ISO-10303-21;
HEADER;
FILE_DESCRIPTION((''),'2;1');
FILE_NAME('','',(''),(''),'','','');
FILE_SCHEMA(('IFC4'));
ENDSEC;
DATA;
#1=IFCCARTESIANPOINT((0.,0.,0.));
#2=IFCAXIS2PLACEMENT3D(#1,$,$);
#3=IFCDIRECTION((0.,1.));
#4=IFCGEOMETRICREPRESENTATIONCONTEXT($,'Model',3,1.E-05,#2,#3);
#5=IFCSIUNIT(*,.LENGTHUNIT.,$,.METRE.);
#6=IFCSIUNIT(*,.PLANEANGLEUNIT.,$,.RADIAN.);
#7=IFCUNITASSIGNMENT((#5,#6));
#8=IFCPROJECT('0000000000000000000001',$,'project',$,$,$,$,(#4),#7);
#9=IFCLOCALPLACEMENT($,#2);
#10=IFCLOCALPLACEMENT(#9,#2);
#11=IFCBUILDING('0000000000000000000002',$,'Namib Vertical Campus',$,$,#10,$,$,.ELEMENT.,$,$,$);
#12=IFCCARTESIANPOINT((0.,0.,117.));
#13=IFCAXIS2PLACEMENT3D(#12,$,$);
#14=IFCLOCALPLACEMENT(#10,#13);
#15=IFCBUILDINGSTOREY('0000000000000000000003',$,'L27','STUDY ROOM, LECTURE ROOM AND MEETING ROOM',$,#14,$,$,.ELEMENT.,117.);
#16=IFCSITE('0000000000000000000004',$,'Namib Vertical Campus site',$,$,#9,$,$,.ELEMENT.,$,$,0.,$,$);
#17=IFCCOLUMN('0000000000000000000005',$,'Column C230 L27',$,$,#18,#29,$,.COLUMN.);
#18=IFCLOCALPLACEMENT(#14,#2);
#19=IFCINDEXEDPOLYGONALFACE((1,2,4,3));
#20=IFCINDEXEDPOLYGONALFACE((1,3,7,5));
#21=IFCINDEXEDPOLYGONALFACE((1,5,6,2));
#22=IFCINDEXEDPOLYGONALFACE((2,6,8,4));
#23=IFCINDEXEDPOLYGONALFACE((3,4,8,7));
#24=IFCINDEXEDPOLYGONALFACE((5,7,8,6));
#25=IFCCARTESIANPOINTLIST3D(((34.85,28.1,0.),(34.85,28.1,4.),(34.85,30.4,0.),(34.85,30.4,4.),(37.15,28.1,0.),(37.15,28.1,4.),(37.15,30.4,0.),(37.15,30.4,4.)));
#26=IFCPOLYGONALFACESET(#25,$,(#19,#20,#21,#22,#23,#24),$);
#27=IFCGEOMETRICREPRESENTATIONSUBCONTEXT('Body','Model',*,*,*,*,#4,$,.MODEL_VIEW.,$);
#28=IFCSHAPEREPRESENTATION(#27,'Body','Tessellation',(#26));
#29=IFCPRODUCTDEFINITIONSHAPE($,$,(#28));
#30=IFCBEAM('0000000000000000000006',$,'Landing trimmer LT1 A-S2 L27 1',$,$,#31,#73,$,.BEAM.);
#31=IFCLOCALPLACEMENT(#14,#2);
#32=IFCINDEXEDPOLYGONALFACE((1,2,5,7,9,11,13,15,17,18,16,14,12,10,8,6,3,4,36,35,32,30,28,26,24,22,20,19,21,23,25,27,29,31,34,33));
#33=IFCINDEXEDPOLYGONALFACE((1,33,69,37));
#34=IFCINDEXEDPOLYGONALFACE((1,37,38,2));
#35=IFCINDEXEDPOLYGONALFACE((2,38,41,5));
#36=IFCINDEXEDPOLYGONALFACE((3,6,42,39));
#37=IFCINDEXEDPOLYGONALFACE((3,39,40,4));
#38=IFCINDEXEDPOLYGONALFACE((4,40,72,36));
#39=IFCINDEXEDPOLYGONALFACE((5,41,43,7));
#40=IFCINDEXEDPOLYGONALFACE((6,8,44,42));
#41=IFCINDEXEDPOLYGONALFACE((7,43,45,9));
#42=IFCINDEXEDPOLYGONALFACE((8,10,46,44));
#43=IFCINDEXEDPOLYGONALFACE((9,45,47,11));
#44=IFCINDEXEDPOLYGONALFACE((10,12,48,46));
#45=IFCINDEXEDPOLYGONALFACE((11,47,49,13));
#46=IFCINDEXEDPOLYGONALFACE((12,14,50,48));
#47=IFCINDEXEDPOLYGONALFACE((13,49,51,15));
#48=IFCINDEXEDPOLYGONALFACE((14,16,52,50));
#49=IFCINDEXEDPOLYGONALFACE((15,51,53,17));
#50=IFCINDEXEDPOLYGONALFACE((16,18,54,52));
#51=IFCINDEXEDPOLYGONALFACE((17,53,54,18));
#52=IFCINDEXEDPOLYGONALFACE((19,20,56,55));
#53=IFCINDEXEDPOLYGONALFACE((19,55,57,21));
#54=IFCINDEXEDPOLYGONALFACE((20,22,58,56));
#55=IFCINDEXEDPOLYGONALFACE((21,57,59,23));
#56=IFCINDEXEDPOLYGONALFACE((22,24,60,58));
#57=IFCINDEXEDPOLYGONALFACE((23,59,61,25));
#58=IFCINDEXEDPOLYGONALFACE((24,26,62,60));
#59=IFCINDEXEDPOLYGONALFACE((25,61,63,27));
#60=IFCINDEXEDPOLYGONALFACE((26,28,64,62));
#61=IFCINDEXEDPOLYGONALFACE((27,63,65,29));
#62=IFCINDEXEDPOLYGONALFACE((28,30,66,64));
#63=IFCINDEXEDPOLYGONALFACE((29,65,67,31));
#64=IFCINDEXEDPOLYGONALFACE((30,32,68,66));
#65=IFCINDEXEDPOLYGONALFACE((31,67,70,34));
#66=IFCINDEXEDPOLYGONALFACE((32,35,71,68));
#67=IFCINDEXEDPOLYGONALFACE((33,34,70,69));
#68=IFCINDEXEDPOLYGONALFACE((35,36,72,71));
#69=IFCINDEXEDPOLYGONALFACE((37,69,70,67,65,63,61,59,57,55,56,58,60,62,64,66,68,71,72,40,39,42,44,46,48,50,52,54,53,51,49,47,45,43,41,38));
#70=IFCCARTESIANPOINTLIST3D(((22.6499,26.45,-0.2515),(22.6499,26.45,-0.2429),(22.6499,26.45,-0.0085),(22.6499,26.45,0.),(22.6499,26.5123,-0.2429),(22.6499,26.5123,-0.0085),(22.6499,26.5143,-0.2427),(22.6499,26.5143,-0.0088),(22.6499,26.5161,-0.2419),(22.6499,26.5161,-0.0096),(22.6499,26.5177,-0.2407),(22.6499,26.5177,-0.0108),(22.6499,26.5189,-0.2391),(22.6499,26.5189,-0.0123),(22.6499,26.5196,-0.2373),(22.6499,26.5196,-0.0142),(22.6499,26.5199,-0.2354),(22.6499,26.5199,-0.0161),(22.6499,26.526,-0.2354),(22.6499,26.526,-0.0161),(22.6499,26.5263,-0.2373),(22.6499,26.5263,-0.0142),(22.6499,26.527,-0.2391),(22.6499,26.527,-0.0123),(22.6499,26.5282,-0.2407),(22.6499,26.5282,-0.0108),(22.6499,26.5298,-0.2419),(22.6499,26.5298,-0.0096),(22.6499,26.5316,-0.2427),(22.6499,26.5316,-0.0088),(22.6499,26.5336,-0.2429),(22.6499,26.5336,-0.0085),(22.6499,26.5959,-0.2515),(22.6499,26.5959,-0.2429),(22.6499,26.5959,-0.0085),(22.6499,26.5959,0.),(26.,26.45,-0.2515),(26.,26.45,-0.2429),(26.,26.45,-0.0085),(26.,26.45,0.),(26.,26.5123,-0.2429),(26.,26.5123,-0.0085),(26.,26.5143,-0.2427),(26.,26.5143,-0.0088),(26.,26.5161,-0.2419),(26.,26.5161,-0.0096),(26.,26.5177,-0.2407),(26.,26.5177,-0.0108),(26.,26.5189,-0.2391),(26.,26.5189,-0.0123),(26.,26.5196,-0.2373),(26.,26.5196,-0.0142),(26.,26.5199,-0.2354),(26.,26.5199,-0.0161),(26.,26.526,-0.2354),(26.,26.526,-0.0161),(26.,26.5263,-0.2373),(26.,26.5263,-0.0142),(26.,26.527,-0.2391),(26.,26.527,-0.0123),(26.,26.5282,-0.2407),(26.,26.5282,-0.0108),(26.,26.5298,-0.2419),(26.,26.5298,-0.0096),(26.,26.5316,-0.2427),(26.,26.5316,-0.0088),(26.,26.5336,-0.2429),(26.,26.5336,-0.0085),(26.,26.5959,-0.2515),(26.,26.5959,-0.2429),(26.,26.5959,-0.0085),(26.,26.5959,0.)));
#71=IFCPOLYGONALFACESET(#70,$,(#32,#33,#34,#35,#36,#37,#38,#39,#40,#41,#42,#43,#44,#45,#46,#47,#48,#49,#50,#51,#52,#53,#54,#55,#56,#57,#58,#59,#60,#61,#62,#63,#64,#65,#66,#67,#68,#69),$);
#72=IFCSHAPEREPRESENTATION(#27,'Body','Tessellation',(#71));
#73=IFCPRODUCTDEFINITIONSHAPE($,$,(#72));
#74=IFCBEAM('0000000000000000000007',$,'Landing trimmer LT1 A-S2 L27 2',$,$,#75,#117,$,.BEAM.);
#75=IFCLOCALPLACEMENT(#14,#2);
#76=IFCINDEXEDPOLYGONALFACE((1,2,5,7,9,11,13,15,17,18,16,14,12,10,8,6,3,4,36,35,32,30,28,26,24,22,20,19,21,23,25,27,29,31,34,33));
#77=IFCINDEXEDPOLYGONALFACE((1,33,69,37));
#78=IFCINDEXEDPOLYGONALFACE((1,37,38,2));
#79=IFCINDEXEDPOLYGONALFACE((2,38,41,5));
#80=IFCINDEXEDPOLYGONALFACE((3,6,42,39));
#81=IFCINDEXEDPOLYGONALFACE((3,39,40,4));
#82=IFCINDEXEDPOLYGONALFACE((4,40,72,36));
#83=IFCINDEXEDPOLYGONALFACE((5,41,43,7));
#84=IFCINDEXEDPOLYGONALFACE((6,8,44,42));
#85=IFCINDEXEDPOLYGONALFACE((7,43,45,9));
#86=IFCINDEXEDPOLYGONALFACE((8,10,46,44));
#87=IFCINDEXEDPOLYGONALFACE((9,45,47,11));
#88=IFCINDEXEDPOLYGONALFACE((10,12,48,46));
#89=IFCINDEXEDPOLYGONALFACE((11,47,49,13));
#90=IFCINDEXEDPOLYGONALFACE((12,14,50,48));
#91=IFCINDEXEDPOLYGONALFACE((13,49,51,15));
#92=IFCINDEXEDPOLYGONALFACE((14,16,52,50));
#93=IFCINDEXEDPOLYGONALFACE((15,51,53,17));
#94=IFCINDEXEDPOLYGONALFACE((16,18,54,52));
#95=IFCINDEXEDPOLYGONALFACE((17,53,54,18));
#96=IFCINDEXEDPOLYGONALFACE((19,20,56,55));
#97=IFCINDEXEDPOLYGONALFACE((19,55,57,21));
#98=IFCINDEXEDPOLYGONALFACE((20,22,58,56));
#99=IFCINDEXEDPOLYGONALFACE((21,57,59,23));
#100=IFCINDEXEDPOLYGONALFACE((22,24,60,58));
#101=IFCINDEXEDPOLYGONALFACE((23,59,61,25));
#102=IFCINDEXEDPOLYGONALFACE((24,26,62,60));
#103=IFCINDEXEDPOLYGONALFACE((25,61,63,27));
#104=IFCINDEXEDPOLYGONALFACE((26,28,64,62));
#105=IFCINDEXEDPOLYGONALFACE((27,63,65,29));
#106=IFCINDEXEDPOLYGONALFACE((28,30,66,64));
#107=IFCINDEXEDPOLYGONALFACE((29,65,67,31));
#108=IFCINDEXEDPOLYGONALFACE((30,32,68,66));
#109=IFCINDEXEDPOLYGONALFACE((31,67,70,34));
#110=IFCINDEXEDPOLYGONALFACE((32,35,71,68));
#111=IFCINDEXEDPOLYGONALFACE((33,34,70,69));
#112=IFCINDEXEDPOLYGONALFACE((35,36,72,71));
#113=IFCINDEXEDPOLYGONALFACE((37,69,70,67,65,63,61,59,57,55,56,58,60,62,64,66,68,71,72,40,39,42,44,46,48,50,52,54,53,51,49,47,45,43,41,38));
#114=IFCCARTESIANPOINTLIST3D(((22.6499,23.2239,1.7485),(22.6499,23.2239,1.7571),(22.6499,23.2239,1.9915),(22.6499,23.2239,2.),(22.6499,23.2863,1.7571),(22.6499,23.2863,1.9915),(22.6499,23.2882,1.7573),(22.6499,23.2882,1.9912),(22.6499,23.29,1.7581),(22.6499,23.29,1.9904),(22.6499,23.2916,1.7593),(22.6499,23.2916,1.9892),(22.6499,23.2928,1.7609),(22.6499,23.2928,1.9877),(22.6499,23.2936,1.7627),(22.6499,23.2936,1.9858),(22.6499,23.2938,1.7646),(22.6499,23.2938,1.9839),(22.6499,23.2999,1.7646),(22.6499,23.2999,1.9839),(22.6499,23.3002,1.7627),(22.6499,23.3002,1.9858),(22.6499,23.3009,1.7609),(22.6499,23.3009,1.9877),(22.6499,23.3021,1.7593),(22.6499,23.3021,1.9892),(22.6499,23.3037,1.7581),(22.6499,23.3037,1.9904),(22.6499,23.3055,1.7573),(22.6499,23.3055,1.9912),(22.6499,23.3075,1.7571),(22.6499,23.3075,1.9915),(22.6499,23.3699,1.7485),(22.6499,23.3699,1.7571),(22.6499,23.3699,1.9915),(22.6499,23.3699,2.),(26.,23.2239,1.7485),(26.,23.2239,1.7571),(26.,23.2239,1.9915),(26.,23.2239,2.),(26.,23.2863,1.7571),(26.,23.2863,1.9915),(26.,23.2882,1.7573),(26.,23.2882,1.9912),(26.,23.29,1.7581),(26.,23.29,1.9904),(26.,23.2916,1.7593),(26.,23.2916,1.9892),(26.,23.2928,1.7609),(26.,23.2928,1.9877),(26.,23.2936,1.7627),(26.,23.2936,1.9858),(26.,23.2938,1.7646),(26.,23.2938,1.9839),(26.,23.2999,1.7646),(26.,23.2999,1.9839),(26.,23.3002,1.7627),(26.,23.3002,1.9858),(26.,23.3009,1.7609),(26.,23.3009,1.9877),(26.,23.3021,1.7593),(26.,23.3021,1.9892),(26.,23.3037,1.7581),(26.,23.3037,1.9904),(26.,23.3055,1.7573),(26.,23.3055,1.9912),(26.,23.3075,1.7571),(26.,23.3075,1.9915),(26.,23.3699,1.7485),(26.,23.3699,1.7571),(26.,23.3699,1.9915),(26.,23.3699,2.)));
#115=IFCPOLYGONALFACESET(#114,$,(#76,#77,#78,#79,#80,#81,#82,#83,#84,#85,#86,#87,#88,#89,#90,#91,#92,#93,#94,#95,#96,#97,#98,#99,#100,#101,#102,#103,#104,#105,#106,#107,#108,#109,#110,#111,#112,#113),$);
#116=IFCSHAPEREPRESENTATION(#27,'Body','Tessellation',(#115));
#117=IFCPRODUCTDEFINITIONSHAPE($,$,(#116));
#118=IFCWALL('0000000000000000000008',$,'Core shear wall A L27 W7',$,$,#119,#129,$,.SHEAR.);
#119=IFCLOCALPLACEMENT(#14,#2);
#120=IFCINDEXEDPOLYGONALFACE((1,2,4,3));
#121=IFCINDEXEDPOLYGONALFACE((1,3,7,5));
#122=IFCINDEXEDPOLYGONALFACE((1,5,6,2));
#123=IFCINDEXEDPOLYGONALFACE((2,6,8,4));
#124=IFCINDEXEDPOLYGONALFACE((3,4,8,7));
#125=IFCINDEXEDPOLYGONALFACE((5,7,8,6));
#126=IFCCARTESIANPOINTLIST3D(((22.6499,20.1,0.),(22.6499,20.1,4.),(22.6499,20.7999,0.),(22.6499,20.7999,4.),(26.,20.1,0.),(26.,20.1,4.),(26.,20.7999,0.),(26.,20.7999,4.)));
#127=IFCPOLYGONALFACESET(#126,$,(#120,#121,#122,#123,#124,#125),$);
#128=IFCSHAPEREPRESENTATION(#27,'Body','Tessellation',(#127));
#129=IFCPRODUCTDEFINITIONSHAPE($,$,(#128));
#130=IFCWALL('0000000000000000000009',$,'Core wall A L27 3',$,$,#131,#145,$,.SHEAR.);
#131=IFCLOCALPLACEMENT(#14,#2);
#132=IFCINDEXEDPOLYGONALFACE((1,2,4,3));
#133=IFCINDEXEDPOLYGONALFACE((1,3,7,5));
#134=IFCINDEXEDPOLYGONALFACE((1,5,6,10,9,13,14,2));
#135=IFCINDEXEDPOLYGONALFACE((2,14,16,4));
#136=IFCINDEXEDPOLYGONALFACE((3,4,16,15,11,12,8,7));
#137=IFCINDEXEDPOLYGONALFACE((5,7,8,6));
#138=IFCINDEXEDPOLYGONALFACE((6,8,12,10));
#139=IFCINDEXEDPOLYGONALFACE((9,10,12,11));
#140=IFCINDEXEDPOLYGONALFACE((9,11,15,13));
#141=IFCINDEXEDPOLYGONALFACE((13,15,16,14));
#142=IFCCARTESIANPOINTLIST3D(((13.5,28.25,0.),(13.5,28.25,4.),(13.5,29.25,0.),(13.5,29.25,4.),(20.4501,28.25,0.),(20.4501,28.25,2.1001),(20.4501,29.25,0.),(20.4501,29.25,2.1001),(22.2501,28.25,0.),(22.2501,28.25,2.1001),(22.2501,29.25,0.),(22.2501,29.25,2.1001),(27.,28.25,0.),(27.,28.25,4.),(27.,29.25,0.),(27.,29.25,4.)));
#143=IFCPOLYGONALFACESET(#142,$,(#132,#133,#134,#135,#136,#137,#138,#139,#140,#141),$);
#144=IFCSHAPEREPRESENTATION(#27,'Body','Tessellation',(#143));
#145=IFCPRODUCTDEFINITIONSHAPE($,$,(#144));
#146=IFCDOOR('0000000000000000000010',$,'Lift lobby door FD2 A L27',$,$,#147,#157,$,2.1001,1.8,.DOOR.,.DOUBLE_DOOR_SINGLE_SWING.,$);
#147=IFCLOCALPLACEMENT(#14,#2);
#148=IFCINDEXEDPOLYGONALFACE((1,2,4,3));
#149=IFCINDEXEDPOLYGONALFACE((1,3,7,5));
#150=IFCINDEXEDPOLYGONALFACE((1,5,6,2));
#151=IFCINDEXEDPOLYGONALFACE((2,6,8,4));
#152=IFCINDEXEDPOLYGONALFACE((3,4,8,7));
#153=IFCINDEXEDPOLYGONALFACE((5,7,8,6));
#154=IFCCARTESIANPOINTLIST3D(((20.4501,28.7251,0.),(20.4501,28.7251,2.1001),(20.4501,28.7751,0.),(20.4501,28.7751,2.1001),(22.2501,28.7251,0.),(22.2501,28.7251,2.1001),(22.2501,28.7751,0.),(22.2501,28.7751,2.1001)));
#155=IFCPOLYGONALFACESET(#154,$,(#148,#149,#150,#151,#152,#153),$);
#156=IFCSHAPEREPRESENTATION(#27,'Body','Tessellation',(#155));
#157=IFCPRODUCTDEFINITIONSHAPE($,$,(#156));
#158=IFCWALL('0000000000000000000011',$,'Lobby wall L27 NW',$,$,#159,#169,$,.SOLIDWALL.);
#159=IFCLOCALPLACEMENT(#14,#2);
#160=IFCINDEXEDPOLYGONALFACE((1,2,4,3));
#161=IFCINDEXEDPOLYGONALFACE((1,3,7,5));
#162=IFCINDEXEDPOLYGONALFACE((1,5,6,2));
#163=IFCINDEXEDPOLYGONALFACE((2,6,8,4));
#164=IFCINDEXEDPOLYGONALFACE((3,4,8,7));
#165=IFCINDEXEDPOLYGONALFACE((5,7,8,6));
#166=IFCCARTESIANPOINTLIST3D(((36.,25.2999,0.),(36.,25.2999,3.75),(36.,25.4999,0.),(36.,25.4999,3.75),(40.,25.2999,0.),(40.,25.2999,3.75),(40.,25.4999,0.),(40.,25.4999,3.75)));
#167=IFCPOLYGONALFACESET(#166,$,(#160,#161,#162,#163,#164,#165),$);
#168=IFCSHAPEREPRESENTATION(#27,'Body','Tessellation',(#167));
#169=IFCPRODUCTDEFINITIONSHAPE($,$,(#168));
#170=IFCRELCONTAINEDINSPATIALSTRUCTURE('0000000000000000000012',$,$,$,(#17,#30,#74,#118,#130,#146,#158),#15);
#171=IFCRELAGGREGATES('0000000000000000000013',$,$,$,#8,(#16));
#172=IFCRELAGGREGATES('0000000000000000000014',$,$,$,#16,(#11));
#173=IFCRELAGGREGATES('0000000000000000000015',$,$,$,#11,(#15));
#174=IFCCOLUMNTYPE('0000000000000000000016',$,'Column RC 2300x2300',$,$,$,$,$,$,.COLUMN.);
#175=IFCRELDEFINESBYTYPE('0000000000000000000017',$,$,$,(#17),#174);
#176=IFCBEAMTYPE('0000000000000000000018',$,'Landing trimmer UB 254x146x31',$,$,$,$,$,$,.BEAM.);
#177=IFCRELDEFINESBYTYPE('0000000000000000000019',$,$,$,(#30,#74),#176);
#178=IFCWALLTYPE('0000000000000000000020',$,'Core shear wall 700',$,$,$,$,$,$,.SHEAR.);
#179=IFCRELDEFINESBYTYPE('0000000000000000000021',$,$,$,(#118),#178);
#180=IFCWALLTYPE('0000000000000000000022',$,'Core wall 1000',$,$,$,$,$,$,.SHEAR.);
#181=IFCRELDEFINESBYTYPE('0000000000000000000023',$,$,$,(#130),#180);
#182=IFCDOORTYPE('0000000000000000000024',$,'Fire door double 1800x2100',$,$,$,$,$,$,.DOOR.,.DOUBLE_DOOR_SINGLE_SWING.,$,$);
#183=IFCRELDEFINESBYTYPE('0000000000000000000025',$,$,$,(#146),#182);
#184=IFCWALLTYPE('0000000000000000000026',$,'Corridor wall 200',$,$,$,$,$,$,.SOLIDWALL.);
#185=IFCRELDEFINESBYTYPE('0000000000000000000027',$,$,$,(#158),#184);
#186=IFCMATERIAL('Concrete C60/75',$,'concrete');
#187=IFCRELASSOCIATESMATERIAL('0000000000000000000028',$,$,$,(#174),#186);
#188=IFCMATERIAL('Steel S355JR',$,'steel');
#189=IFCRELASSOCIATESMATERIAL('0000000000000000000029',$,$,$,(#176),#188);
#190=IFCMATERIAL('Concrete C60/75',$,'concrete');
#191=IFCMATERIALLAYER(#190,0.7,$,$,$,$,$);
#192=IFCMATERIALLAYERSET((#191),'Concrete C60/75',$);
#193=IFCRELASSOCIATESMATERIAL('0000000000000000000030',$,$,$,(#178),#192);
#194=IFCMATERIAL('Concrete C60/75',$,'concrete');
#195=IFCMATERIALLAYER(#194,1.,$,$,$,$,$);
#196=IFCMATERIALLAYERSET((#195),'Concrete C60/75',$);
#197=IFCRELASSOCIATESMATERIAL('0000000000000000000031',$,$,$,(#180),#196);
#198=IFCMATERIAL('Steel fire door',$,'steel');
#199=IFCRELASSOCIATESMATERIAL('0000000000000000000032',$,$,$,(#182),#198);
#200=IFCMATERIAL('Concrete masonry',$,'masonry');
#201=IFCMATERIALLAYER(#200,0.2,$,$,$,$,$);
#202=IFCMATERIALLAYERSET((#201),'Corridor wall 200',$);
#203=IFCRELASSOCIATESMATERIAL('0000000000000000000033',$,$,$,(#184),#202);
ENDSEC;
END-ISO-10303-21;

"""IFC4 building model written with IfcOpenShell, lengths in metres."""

from ifc_helpers import new_model, si_unit, direction, frame, frame_2d, origin, origin_2d, place, context, subcontext, project, spatial, rectangle, i_section, extrude, material, layer, layer_set, material_profile, profile_set, type_object, element, fill, save


model = new_model("IFC4")

# Units and contexts
model_context = context("Model", 3, precision=1e-05, world=origin(), true_north=direction((0.0, 1.0)))
body_context = subcontext(model_context, "Body", "Model", "MODEL_VIEW")
ifc_project = project(units=[si_unit("LENGTHUNIT", "METRE"), si_unit("PLANEANGLEUNIT", "RADIAN")], contexts=[model_context])

# Site, building, storey
site_placement = place(None, origin())
site = spatial("IfcSite", under=ifc_project, at=site_placement, Name="Namib Vertical Campus site", CompositionType="ELEMENT", RefElevation=0.0)
building_placement = place(site_placement, origin())
building = spatial("IfcBuilding", under=site, at=building_placement, Name="Namib Vertical Campus", CompositionType="ELEMENT")
storey_placement = place(building_placement, frame((0.0, 0.0, 117.0)))
storey = spatial("IfcBuildingStorey", under=building, at=storey_placement, Name="L27", Description="STUDY ROOM, LECTURE ROOM AND MEETING ROOM", CompositionType="ELEMENT", Elevation=117.0)

# Column
ifc_material_1 = material(Name="Concrete C60/75", Category="concrete")
ifc_material_profile_1 = material_profile(ifc_material_1, rectangle(XDim=2.3, YDim=2.3, at=origin_2d()))
ifc_profile_set_1 = profile_set([ifc_material_profile_1], Name="Concrete C60/75")
column_type = type_object("IfcColumnType", Name="Column RC 2300x2300", PredefinedType="COLUMN", material=ifc_profile_set_1)
column_placement = place(storey_placement, frame((36.0, 29.25, 0.0), z_axis=(0.0, 0.0, 1.0), x_axis=(1.0, 0.0, 0.0)))
element("IfcColumn", 1, at=column_placement, inside=storey, type_object=column_type, Name="Column C230 L27", PredefinedType="COLUMN", context=body_context, shape_type="SweptSolid", body=[
    extrude(rectangle(XDim=2.3, YDim=2.3, at=origin_2d()), origin(), (0.0, 0.0, 1.0), 4.0),
])

# Beams
ifc_material_2 = material(Name="Steel S355JR", Category="steel")
ifc_material_profile_2 = material_profile(ifc_material_2, i_section(OverallWidth=0.146, OverallDepth=0.2515, WebThickness=0.0061, FlangeThickness=0.0085, FilletRadius=0.0076, at=origin_2d()))
ifc_profile_set_2 = profile_set([ifc_material_profile_2], Name="Steel S355JR")
beam_type = type_object("IfcBeamType", Name="Landing trimmer UB 254x146x31", PredefinedType="BEAM", material=ifc_profile_set_2)
for number, where, z_axis, x_axis, name in (
    (2, (22.6499, 26.5229, -0.1257), (1.0, 0.0, 0.0), (0.0, 1.0, 0.0), "Landing trimmer LT1 A-S2 L27 1"),
    (3, (22.6499, 23.2969, 1.8743), (1.0, 0.0, 0.0), (0.0, 1.0, 0.0), "Landing trimmer LT1 A-S2 L27 2"),
):
    element("IfcBeam", number, at=place(storey_placement, frame(where, z_axis=z_axis, x_axis=x_axis)), inside=storey, type_object=beam_type, Name=name, PredefinedType="BEAM", context=body_context, shape_type="SweptSolid", body=[
        extrude(i_section(OverallWidth=0.146, OverallDepth=0.2515, WebThickness=0.0061, FlangeThickness=0.0085, FilletRadius=0.0076, at=origin_2d()), origin(), (0.0, 0.0, 1.0), 3.3501),
    ])

# Wall
ifc_material_3 = material(Name="Concrete C60/75", Category="concrete")
ifc_layer_1 = layer(ifc_material_3, 0.7)
ifc_layer_set_1 = layer_set([ifc_layer_1], Name="Concrete C60/75")
wall_type_1 = type_object("IfcWallType", Name="Core shear wall 700", PredefinedType="SHEAR", material=ifc_layer_set_1)
wall_1_placement = place(storey_placement, frame((22.6499, 20.45, 0.0), z_axis=(0.0, 0.0, 1.0), x_axis=(1.0, 0.0, 0.0)))
element("IfcWall", 4, at=wall_1_placement, inside=storey, type_object=wall_type_1, Name="Core shear wall A L27 W7", PredefinedType="SHEAR", context=body_context, shape_type="SweptSolid", body=[
    extrude(rectangle(XDim=3.3501, YDim=0.7, at=frame_2d((1.675, 0.0))), origin(), (0.0, 0.0, 1.0), 4.0),
])

# Wall, opening, door
ifc_material_4 = material(Name="Concrete C60/75", Category="concrete")
ifc_layer_2 = layer(ifc_material_4, 1.0)
ifc_layer_set_2 = layer_set([ifc_layer_2], Name="Concrete C60/75")
wall_type_2 = type_object("IfcWallType", Name="Core wall 1000", PredefinedType="SHEAR", material=ifc_layer_set_2)
wall_2_placement = place(storey_placement, frame((27.0, 28.75, 0.0), z_axis=(0.0, 0.0, 1.0), x_axis=(-1.0, 0.0, 0.0)))
wall_2 = element("IfcWall", 5, at=wall_2_placement, inside=storey, type_object=wall_type_2, Name="Core wall A L27 3", PredefinedType="SHEAR", context=body_context, shape_type="SweptSolid", body=[
    extrude(rectangle(XDim=13.5, YDim=1.0, at=frame_2d((6.75, 0.0))), origin(), (0.0, 0.0, 1.0), 4.0),
])
opening_1_placement = place(wall_2_placement, frame((4.75, 0.0, 0.0)))
opening_1 = element("IfcOpeningElement", 6, at=opening_1_placement, cuts=wall_2, PredefinedType="OPENING", context=body_context, shape_type="SweptSolid", body=[
    extrude(rectangle(XDim=1.8, YDim=2.1001, at=frame_2d((0.8999, 1.05))), frame((0.0, 0.51, 0.0), z_axis=(0.0, -1.0, 0.0), x_axis=(1.0, 0.0, 0.0)), (0.0, 0.0, 1.0), 1.02),
])
ifc_material_5 = material(Name="Steel fire door", Category="steel")
door_type_1 = type_object("IfcDoorType", Name="Fire door double 1800x2100", OperationType="DOUBLE_DOOR_SINGLE_SWING", PredefinedType="DOOR", material=ifc_material_5)
door_1_placement = place(opening_1_placement, origin())
door_1 = element("IfcDoor", 7, at=door_1_placement, inside=storey, type_object=door_type_1, Name="Lift lobby door FD2 A L27", OperationType="DOUBLE_DOOR_SINGLE_SWING", OverallHeight=2.1001, OverallWidth=1.8, PredefinedType="DOOR", context=body_context, shape_type="SweptSolid", body=[
    extrude(rectangle(XDim=1.8, YDim=2.1001, at=frame_2d((0.8999, 1.05))), frame((0.0, 0.0249, 0.0), z_axis=(0.0, -1.0, 0.0), x_axis=(1.0, 0.0, 0.0)), (0.0, 0.0, 1.0), 0.05),
])
fill(opening_1, door_1)

# Wall
ifc_material_6 = material(Name="Concrete masonry", Category="masonry")
ifc_layer_3 = layer(ifc_material_6, 0.2)
ifc_layer_set_3 = layer_set([ifc_layer_3], Name="Corridor wall 200")
wall_type_3 = type_object("IfcWallType", Name="Corridor wall 200", PredefinedType="SOLIDWALL", material=ifc_layer_set_3)
wall_3_placement = place(storey_placement, frame((36.0, 25.3999, 0.0), z_axis=(0.0, 0.0, 1.0), x_axis=(1.0, 0.0, 0.0)))
element("IfcWall", 8, at=wall_3_placement, inside=storey, type_object=wall_type_3, Name="Lobby wall L27 NW", PredefinedType="SOLIDWALL", context=body_context, shape_type="SweptSolid", body=[
    extrude(rectangle(XDim=4.0, YDim=0.2, at=frame_2d((2.0, 0.0))), origin(), (0.0, 0.0, 1.0), 3.75),
])

save(model, "model.ifc")
